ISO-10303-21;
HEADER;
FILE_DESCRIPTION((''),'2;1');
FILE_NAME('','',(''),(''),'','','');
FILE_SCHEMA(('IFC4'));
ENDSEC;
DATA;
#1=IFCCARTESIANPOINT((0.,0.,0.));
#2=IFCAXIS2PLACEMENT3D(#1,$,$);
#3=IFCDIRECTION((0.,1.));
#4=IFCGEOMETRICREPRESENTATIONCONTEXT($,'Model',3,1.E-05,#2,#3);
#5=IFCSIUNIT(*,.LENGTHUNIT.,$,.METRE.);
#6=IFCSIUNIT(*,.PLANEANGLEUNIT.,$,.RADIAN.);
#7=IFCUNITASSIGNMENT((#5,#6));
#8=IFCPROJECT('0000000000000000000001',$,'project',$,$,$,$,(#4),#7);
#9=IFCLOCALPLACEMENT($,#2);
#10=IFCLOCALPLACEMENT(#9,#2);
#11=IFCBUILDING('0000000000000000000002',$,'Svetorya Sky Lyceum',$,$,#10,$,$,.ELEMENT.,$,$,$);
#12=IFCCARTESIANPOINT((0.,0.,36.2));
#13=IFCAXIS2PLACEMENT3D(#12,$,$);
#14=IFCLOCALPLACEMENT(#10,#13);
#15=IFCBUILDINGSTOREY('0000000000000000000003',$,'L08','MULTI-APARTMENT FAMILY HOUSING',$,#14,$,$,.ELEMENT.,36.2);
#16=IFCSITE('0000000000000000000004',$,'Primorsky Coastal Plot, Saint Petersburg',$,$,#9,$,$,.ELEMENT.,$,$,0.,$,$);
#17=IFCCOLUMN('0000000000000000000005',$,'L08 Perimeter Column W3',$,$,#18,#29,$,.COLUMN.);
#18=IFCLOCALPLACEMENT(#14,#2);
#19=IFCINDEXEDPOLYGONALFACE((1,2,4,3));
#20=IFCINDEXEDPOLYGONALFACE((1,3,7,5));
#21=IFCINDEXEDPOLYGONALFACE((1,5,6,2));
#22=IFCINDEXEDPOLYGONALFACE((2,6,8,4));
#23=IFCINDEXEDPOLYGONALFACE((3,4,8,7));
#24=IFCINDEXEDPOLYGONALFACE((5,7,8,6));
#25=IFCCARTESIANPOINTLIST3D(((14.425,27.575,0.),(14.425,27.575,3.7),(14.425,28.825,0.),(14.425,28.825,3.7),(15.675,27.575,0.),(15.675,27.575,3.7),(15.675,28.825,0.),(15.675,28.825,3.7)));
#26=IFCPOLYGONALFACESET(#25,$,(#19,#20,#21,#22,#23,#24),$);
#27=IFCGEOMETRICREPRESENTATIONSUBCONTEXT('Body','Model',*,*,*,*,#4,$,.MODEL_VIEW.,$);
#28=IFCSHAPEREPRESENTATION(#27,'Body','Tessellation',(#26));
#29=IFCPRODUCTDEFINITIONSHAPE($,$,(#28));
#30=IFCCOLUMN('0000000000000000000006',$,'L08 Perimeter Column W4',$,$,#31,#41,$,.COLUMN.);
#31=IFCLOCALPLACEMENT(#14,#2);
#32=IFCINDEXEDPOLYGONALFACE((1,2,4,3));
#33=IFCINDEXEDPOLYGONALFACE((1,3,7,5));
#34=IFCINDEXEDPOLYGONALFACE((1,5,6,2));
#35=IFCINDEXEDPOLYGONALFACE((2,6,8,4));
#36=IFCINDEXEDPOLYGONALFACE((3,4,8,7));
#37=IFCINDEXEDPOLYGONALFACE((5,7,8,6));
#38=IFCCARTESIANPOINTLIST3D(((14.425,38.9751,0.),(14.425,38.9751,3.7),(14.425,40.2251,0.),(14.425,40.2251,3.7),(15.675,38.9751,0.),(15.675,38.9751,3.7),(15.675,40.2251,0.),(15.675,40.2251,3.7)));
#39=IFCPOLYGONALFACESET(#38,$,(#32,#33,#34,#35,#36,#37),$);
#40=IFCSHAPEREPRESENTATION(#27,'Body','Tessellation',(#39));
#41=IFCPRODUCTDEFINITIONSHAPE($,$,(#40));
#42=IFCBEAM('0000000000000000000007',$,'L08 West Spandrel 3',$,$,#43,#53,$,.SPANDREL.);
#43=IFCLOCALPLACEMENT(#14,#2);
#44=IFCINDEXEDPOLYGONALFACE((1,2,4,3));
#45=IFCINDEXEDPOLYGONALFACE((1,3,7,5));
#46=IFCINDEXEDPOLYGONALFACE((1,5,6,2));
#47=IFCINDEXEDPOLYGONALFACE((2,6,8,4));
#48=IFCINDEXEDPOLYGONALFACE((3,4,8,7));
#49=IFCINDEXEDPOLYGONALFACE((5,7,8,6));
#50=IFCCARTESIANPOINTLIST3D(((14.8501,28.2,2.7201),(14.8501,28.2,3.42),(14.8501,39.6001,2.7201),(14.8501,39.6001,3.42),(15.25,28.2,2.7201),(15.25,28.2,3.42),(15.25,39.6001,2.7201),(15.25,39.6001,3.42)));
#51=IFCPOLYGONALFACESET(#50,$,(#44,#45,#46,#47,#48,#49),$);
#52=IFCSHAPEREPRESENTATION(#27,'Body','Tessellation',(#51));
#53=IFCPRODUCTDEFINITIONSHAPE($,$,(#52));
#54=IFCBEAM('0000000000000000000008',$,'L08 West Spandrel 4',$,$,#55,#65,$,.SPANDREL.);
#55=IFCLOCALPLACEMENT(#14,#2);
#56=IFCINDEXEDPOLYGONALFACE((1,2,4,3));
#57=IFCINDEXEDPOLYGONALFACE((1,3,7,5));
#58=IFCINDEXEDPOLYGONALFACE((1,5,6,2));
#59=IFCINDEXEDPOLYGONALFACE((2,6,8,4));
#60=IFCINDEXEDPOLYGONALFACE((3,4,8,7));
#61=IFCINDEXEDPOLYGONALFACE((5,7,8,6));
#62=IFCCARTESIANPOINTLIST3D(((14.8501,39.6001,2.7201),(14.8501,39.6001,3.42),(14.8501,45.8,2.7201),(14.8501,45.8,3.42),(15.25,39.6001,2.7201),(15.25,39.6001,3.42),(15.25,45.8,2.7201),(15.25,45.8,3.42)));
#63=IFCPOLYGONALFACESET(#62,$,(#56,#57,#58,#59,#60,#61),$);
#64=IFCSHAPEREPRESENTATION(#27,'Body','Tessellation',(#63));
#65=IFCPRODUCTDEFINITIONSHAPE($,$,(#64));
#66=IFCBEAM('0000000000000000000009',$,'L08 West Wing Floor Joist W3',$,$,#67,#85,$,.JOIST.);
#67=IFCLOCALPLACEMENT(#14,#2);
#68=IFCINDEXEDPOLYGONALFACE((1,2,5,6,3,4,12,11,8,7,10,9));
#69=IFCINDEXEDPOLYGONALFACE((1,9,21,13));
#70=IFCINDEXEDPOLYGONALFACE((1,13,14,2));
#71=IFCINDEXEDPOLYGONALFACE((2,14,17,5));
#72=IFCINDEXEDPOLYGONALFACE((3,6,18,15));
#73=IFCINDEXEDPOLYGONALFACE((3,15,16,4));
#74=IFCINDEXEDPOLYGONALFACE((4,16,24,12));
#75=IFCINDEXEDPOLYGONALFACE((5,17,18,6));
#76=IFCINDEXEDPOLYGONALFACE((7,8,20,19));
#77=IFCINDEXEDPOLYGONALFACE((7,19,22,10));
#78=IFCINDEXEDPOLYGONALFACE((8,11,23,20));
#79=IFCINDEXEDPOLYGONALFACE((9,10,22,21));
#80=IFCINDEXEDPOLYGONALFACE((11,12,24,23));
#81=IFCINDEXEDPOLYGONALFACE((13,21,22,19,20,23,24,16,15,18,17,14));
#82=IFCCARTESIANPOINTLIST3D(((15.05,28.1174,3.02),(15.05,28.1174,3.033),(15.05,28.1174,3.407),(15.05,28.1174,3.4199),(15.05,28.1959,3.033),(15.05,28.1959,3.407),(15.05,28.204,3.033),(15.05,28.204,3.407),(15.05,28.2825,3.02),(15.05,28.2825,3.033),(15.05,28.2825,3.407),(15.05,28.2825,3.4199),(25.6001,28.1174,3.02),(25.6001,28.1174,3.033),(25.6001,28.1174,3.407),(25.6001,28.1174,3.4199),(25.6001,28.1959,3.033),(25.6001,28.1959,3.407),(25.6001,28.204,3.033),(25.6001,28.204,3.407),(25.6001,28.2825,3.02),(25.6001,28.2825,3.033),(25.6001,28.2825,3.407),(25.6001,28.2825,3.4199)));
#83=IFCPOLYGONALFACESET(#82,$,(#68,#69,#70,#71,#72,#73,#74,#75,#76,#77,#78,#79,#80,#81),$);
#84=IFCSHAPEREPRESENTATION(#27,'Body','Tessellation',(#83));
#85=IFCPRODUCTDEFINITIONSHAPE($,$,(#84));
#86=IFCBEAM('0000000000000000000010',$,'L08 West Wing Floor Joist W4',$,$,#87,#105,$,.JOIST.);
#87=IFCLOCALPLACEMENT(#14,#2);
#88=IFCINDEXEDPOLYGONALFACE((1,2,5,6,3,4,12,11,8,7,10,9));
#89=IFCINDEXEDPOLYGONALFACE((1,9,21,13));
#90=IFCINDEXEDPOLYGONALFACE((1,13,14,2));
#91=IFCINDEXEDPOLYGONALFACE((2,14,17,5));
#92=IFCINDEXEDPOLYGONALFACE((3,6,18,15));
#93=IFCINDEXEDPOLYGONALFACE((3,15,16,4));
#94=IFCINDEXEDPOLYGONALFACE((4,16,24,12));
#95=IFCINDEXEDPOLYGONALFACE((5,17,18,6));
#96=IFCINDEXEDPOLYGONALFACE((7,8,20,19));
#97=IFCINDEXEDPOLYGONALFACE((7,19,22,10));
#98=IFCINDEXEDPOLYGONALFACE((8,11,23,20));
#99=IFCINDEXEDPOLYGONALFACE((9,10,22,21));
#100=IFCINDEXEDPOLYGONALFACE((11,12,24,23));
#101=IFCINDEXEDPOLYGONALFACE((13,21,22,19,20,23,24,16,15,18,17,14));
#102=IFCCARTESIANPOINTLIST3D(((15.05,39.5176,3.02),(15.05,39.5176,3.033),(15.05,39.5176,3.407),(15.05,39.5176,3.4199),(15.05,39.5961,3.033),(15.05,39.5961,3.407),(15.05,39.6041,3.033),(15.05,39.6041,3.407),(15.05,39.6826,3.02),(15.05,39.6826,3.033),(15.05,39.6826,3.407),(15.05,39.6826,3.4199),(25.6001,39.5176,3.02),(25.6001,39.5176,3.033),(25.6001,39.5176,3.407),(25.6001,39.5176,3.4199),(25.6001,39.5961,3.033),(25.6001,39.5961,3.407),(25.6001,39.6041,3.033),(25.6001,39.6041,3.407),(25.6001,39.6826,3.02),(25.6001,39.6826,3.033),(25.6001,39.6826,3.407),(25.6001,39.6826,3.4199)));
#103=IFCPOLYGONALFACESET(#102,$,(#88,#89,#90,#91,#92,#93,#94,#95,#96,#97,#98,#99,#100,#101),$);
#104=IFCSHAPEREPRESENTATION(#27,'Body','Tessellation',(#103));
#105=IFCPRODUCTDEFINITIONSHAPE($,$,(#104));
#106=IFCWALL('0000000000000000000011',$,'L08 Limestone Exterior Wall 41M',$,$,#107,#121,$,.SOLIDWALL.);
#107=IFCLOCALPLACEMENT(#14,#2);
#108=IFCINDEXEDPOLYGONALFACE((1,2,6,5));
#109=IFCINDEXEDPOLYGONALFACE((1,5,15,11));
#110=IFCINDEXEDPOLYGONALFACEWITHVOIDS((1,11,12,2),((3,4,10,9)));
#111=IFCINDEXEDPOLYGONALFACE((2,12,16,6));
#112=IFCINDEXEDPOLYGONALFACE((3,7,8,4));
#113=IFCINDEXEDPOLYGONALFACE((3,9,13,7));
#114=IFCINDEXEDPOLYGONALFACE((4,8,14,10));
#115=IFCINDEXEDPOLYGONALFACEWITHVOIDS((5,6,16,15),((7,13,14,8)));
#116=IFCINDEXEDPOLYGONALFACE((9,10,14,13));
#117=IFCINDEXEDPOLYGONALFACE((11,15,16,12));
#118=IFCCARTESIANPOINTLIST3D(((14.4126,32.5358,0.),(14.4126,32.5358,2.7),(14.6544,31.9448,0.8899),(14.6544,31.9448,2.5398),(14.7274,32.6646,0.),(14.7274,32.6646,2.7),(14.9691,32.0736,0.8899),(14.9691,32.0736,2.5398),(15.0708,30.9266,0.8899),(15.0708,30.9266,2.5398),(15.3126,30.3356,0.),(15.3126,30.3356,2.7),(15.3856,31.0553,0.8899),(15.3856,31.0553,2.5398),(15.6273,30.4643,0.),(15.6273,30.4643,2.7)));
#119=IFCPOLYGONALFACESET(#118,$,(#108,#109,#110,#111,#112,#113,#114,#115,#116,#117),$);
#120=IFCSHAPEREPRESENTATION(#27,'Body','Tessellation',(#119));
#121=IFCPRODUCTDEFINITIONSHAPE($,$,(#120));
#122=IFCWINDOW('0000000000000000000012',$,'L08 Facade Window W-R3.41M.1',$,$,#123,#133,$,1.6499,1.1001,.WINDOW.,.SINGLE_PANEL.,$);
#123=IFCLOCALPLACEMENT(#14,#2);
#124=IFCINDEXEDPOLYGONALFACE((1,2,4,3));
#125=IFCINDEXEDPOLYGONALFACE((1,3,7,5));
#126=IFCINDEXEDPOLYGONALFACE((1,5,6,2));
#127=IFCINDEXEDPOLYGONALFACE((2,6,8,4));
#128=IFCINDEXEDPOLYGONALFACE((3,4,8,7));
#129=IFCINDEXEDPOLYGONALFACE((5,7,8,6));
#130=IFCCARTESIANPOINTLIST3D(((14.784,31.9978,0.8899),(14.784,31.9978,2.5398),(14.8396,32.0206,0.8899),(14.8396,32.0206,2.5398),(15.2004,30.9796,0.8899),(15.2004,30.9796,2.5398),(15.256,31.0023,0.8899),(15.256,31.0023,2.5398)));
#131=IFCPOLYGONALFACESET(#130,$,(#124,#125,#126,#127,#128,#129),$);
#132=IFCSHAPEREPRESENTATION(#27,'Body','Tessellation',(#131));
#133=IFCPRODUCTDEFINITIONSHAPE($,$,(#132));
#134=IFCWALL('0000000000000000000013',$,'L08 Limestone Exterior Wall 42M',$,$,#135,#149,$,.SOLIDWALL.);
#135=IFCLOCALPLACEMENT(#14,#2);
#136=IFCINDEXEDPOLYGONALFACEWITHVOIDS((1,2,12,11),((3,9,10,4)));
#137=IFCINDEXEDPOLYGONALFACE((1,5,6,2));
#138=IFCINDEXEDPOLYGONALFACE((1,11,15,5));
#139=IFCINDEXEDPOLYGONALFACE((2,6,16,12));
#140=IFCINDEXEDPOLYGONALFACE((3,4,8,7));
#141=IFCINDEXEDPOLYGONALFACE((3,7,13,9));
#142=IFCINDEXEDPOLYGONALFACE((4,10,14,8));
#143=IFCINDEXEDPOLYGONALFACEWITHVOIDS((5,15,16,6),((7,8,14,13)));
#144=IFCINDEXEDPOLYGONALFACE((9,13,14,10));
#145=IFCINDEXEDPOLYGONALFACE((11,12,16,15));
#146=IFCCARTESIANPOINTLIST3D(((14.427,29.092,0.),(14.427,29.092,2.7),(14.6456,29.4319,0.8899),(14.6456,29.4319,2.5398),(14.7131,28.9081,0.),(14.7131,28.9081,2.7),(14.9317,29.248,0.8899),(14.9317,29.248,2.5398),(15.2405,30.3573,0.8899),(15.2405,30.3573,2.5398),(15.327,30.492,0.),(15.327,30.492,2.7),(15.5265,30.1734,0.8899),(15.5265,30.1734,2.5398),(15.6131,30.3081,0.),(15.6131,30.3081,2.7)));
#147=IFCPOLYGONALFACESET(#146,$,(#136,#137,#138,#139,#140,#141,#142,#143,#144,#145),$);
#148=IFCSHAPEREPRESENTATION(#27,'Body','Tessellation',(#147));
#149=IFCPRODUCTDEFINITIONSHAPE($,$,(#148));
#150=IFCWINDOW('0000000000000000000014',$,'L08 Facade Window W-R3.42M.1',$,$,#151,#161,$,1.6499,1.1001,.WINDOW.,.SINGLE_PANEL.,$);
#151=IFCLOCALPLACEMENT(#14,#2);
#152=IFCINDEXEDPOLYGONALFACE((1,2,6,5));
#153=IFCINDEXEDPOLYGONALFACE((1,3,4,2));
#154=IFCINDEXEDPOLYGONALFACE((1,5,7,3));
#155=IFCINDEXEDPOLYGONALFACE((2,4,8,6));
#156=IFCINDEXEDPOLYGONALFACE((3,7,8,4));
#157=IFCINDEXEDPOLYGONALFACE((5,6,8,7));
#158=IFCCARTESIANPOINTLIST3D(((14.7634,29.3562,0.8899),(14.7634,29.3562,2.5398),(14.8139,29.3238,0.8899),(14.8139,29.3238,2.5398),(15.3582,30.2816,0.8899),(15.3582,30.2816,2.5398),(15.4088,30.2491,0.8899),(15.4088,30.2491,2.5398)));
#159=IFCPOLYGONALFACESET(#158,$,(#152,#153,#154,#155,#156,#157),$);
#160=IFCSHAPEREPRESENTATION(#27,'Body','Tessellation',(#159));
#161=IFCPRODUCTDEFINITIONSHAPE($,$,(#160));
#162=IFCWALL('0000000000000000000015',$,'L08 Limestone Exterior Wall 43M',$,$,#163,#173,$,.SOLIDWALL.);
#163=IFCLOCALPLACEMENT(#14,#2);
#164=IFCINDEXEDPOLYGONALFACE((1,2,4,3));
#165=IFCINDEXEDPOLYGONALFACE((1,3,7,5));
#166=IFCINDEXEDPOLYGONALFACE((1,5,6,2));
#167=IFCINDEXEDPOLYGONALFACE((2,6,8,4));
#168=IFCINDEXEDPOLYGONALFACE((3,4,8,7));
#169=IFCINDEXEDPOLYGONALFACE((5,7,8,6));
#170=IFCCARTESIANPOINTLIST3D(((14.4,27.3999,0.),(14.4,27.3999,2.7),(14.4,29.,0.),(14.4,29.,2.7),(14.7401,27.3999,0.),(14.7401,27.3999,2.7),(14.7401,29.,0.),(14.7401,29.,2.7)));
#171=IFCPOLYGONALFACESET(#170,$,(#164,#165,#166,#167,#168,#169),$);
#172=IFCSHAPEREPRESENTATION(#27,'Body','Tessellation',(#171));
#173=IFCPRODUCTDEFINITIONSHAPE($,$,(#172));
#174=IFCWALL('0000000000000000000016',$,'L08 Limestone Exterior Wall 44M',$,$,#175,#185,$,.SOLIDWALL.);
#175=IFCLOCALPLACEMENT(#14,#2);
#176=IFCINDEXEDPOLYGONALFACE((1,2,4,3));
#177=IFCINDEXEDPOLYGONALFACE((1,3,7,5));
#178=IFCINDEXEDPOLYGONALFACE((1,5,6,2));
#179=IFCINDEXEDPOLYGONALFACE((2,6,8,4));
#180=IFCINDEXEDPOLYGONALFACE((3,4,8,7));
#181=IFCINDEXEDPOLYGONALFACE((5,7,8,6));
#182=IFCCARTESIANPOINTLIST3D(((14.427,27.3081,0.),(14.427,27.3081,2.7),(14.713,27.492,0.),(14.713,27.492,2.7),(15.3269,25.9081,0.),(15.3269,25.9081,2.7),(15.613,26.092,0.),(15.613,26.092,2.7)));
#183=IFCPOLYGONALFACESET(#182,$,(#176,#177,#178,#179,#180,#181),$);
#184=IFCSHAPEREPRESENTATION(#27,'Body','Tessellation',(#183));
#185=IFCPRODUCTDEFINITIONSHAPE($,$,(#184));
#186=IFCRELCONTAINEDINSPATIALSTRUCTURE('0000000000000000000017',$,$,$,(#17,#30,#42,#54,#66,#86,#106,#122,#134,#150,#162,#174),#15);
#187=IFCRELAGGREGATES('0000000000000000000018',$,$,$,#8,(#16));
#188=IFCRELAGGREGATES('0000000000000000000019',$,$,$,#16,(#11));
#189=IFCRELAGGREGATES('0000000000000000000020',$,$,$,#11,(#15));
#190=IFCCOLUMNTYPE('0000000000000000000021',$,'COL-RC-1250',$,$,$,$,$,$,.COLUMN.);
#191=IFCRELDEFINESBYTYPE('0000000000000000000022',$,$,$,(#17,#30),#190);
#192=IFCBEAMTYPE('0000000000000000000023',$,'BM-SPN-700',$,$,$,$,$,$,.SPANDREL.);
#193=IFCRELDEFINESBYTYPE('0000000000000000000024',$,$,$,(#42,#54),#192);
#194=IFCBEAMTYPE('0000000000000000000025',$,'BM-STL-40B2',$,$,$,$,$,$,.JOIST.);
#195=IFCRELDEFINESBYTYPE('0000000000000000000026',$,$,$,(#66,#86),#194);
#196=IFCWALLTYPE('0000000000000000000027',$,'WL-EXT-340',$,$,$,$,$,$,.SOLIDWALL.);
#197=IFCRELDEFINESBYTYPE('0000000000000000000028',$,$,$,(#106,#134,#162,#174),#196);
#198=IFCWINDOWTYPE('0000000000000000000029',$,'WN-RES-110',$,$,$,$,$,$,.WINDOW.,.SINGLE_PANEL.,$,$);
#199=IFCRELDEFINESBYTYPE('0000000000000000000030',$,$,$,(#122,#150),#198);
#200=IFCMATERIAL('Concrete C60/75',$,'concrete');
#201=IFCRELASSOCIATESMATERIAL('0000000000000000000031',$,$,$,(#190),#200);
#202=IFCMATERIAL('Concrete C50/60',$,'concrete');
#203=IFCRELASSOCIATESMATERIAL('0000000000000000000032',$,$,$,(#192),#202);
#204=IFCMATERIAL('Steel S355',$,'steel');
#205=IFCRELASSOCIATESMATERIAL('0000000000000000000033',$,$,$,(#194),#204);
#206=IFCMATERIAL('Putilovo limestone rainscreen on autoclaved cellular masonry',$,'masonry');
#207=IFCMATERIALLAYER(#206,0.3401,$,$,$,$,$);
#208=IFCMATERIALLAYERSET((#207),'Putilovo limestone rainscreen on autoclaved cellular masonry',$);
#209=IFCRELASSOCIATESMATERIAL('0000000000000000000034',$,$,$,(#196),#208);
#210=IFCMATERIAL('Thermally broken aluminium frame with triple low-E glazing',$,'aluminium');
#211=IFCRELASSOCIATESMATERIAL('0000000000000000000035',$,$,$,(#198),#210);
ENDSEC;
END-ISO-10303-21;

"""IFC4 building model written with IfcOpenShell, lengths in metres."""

from ifc_helpers import new_model, si_unit, direction, frame, frame_2d, origin, origin_2d, place, context, subcontext, project, spatial, rectangle, i_section, extrude, material, layer, layer_set, material_profile, profile_set, type_object, element, fill, save


model = new_model("IFC4")

# Units and contexts
model_context = context("Model", 3, precision=1e-05, world=origin(), true_north=direction((0.0, 1.0)))
body_context = subcontext(model_context, "Body", "Model", "MODEL_VIEW")
ifc_project = project(units=[si_unit("LENGTHUNIT", "METRE"), si_unit("PLANEANGLEUNIT", "RADIAN")], contexts=[model_context])

# Site, building, storey
site_placement = place(None, origin())
site = spatial("IfcSite", under=ifc_project, at=site_placement, Name="Primorsky Coastal Plot, Saint Petersburg", CompositionType="ELEMENT", RefElevation=0.0)
building_placement = place(site_placement, origin())
building = spatial("IfcBuilding", under=site, at=building_placement, Name="Svetorya Sky Lyceum", CompositionType="ELEMENT")
storey_placement = place(building_placement, frame((0.0, 0.0, 36.2)))
storey = spatial("IfcBuildingStorey", under=building, at=storey_placement, Name="L08", Description="MULTI-APARTMENT FAMILY HOUSING", CompositionType="ELEMENT", Elevation=36.2)

# Columns
ifc_material_1 = material(Name="Concrete C60/75", Category="concrete")
ifc_material_profile_1 = material_profile(ifc_material_1, rectangle(XDim=1.25, YDim=1.25, at=origin_2d()), Name="RC COL 1250x1250")
ifc_profile_set_1 = profile_set([ifc_material_profile_1], Name="Concrete C60/75")
column_type = type_object("IfcColumnType", Name="COL-RC-1250", PredefinedType="COLUMN", material=ifc_profile_set_1)
for number, where, z_axis, x_axis, name in (
    (1, (15.05, 28.2, 0.0), (0.0, 0.0, 1.0), (1.0, 0.0, 0.0), "L08 Perimeter Column W3"),
    (2, (15.05, 39.6001, 0.0), (0.0, 0.0, 1.0), (1.0, 0.0, 0.0), "L08 Perimeter Column W4"),
):
    element("IfcColumn", number, at=place(storey_placement, frame(where, z_axis=z_axis, x_axis=x_axis)), inside=storey, type_object=column_type, Name=name, PredefinedType="COLUMN", context=body_context, shape_type="SweptSolid", body=[
        extrude(rectangle(XDim=1.25, YDim=1.25, at=origin_2d()), origin(), (0.0, 0.0, 1.0), 3.7),
    ])

# Beams
ifc_material_2 = material(Name="Concrete C50/60", Category="concrete")
ifc_material_profile_2 = material_profile(ifc_material_2, rectangle(XDim=0.3999, YDim=0.7, at=origin_2d()), Name="RC SPANDREL 400x700")
ifc_profile_set_2 = profile_set([ifc_material_profile_2], Name="Concrete C50/60")
beam_type_1 = type_object("IfcBeamType", Name="BM-SPN-700", PredefinedType="SPANDREL", material=ifc_profile_set_2)
beam_1_placement = place(storey_placement, frame((15.05, 28.2, 3.0701), z_axis=(0.0, 1.0, 0.0), x_axis=(-1.0, 0.0, 0.0)))
element("IfcBeam", 3, at=beam_1_placement, inside=storey, type_object=beam_type_1, Name="L08 West Spandrel 3", PredefinedType="SPANDREL", context=body_context, shape_type="SweptSolid", body=[
    extrude(rectangle(XDim=0.3999, YDim=0.7, at=origin_2d()), origin(), (0.0, 0.0, 1.0), 11.4001),
])
beam_2_placement = place(storey_placement, frame((15.05, 39.6001, 3.0701), z_axis=(0.0, 1.0, 0.0), x_axis=(-1.0, 0.0, 0.0)))
element("IfcBeam", 4, at=beam_2_placement, inside=storey, type_object=beam_type_1, Name="L08 West Spandrel 4", PredefinedType="SPANDREL", context=body_context, shape_type="SweptSolid", body=[
    extrude(rectangle(XDim=0.3999, YDim=0.7, at=origin_2d()), origin(), (0.0, 0.0, 1.0), 6.2),
])
ifc_material_3 = material(Name="Steel S355", Category="steel")
ifc_material_profile_3 = material_profile(ifc_material_3, i_section(OverallWidth=0.165, OverallDepth=0.3999, WebThickness=0.0081, FlangeThickness=0.0129, at=origin_2d()), Name="GOST 40B2")
ifc_profile_set_3 = profile_set([ifc_material_profile_3], Name="Steel S355")
beam_type_2 = type_object("IfcBeamType", Name="BM-STL-40B2", PredefinedType="JOIST", material=ifc_profile_set_3)
for number, where, z_axis, x_axis, name in (
    (5, (15.05, 28.2, 3.22), (1.0, 0.0, 0.0), (0.0, 1.0, 0.0), "L08 West Wing Floor Joist W3"),
    (6, (15.05, 39.6001, 3.22), (1.0, 0.0, 0.0), (0.0, 1.0, 0.0), "L08 West Wing Floor Joist W4"),
):
    element("IfcBeam", number, at=place(storey_placement, frame(where, z_axis=z_axis, x_axis=x_axis)), inside=storey, type_object=beam_type_2, Name=name, PredefinedType="JOIST", context=body_context, shape_type="SweptSolid", body=[
        extrude(i_section(OverallWidth=0.165, OverallDepth=0.3999, WebThickness=0.0081, FlangeThickness=0.0129, at=origin_2d()), origin(), (0.0, 0.0, 1.0), 10.55),
    ])

# Walls, openings, windows
ifc_material_4 = material(Name="Putilovo limestone rainscreen on autoclaved cellular masonry", Category="masonry")
ifc_layer_1 = layer(ifc_material_4, 0.3401)
ifc_layer_set_1 = layer_set([ifc_layer_1], Name="Putilovo limestone rainscreen on autoclaved cellular masonry")
wall_type_1 = type_object("IfcWallType", Name="WL-EXT-340", PredefinedType="SOLIDWALL", material=ifc_layer_set_1)
wall_1_placement = place(storey_placement, frame((14.5701, 32.6001, 0.0), z_axis=(0.0, 0.0, 1.0), x_axis=(0.378569, -0.925573, 0.0)))
wall_1 = element("IfcWall", 7, at=wall_1_placement, inside=storey, type_object=wall_type_1, Name="L08 Limestone Exterior Wall 41M", PredefinedType="SOLIDWALL", context=body_context, shape_type="SweptSolid", body=[
    extrude(rectangle(XDim=2.3772, YDim=0.3401, at=frame_2d((1.1885, 0.0))), origin(), (0.0, 0.0, 1.0), 2.7),
])
opening_1_placement = place(wall_1_placement, frame((0.6384, 0.0, 0.8899)))
opening_1 = element("IfcOpeningElement", 8, at=opening_1_placement, cuts=wall_1, PredefinedType="OPENING", context=body_context, shape_type="SweptSolid", body=[
    extrude(rectangle(XDim=1.1001, YDim=1.6499, at=frame_2d((0.55, 0.825))), frame((0.0, 0.1799, 0.0), z_axis=(0.0, -1.0, 0.0), x_axis=(1.0, 0.0, 0.0)), (0.0, 0.0, 1.0), 0.3601),
])
ifc_material_5 = material(Name="Thermally broken aluminium frame with triple low-E glazing", Category="aluminium")
window_type = type_object("IfcWindowType", Name="WN-RES-110", PartitioningType="SINGLE_PANEL", PredefinedType="WINDOW", material=ifc_material_5)
window_1_placement = place(opening_1_placement, origin())
window_1 = element("IfcWindow", 9, at=window_1_placement, inside=storey, type_object=window_type, Name="L08 Facade Window W-R3.41M.1", OverallHeight=1.6499, OverallWidth=1.1001, PartitioningType="SINGLE_PANEL", PredefinedType="WINDOW", context=body_context, shape_type="SweptSolid", body=[
    extrude(rectangle(XDim=1.1001, YDim=1.6499, at=frame_2d((0.55, 0.825))), frame((0.0, 0.03, 0.0), z_axis=(0.0, -1.0, 0.0), x_axis=(1.0, 0.0, 0.0)), (0.0, 0.0, 1.0), 0.0601),
])
fill(opening_1, window_1)
wall_2_placement = place(storey_placement, frame((15.47, 30.3999, 0.0), z_axis=(0.0, 0.0, 1.0), x_axis=(-0.540743, -0.841188, 0.0)))
wall_2 = element("IfcWall", 10, at=wall_2_placement, inside=storey, type_object=wall_type_1, Name="L08 Limestone Exterior Wall 42M", PredefinedType="SOLIDWALL", context=body_context, shape_type="SweptSolid", body=[
    extrude(rectangle(XDim=1.6643, YDim=0.3401, at=frame_2d((0.832, 0.0))), origin(), (0.0, 0.0, 1.0), 2.7),
])
opening_2_placement = place(wall_2_placement, frame((0.1599, 0.0, 0.8899)))
opening_2 = element("IfcOpeningElement", 11, at=opening_2_placement, cuts=wall_2, PredefinedType="OPENING", context=body_context, shape_type="SweptSolid", body=[
    extrude(rectangle(XDim=1.1001, YDim=1.6499, at=frame_2d((0.55, 0.825))), frame((0.0, 0.1799, 0.0), z_axis=(0.0, -1.0, 0.0), x_axis=(1.0, 0.0, 0.0)), (0.0, 0.0, 1.0), 0.3601),
])
window_2_placement = place(opening_2_placement, origin())
window_2 = element("IfcWindow", 12, at=window_2_placement, inside=storey, type_object=window_type, Name="L08 Facade Window W-R3.42M.1", OverallHeight=1.6499, OverallWidth=1.1001, PartitioningType="SINGLE_PANEL", PredefinedType="WINDOW", context=body_context, shape_type="SweptSolid", body=[
    extrude(rectangle(XDim=1.1001, YDim=1.6499, at=frame_2d((0.55, 0.825))), frame((0.0, 0.03, 0.0), z_axis=(0.0, -1.0, 0.0), x_axis=(1.0, 0.0, 0.0)), (0.0, 0.0, 1.0), 0.0601),
])
fill(opening_2, window_2)

# Walls
wall_3_placement = place(storey_placement, frame((14.5701, 29.0, 0.0), z_axis=(0.0, 0.0, 1.0), x_axis=(0.0, -1.0, 0.0)))
element("IfcWall", 13, at=wall_3_placement, inside=storey, type_object=wall_type_1, Name="L08 Limestone Exterior Wall 43M", PredefinedType="SOLIDWALL", context=body_context, shape_type="SweptSolid", body=[
    extrude(rectangle(XDim=1.6001, YDim=0.3401, at=frame_2d((0.8, 0.0))), origin(), (0.0, 0.0, 1.0), 2.7),
])
wall_4_placement = place(storey_placement, frame((14.5701, 27.3999, 0.0), z_axis=(0.0, 0.0, 1.0), x_axis=(0.540743, -0.841188, 0.0)))
element("IfcWall", 14, at=wall_4_placement, inside=storey, type_object=wall_type_1, Name="L08 Limestone Exterior Wall 44M", PredefinedType="SOLIDWALL", context=body_context, shape_type="SweptSolid", body=[
    extrude(rectangle(XDim=1.6643, YDim=0.3401, at=frame_2d((0.832, 0.0))), origin(), (0.0, 0.0, 1.0), 2.7),
])

save(model, "model.ifc")
